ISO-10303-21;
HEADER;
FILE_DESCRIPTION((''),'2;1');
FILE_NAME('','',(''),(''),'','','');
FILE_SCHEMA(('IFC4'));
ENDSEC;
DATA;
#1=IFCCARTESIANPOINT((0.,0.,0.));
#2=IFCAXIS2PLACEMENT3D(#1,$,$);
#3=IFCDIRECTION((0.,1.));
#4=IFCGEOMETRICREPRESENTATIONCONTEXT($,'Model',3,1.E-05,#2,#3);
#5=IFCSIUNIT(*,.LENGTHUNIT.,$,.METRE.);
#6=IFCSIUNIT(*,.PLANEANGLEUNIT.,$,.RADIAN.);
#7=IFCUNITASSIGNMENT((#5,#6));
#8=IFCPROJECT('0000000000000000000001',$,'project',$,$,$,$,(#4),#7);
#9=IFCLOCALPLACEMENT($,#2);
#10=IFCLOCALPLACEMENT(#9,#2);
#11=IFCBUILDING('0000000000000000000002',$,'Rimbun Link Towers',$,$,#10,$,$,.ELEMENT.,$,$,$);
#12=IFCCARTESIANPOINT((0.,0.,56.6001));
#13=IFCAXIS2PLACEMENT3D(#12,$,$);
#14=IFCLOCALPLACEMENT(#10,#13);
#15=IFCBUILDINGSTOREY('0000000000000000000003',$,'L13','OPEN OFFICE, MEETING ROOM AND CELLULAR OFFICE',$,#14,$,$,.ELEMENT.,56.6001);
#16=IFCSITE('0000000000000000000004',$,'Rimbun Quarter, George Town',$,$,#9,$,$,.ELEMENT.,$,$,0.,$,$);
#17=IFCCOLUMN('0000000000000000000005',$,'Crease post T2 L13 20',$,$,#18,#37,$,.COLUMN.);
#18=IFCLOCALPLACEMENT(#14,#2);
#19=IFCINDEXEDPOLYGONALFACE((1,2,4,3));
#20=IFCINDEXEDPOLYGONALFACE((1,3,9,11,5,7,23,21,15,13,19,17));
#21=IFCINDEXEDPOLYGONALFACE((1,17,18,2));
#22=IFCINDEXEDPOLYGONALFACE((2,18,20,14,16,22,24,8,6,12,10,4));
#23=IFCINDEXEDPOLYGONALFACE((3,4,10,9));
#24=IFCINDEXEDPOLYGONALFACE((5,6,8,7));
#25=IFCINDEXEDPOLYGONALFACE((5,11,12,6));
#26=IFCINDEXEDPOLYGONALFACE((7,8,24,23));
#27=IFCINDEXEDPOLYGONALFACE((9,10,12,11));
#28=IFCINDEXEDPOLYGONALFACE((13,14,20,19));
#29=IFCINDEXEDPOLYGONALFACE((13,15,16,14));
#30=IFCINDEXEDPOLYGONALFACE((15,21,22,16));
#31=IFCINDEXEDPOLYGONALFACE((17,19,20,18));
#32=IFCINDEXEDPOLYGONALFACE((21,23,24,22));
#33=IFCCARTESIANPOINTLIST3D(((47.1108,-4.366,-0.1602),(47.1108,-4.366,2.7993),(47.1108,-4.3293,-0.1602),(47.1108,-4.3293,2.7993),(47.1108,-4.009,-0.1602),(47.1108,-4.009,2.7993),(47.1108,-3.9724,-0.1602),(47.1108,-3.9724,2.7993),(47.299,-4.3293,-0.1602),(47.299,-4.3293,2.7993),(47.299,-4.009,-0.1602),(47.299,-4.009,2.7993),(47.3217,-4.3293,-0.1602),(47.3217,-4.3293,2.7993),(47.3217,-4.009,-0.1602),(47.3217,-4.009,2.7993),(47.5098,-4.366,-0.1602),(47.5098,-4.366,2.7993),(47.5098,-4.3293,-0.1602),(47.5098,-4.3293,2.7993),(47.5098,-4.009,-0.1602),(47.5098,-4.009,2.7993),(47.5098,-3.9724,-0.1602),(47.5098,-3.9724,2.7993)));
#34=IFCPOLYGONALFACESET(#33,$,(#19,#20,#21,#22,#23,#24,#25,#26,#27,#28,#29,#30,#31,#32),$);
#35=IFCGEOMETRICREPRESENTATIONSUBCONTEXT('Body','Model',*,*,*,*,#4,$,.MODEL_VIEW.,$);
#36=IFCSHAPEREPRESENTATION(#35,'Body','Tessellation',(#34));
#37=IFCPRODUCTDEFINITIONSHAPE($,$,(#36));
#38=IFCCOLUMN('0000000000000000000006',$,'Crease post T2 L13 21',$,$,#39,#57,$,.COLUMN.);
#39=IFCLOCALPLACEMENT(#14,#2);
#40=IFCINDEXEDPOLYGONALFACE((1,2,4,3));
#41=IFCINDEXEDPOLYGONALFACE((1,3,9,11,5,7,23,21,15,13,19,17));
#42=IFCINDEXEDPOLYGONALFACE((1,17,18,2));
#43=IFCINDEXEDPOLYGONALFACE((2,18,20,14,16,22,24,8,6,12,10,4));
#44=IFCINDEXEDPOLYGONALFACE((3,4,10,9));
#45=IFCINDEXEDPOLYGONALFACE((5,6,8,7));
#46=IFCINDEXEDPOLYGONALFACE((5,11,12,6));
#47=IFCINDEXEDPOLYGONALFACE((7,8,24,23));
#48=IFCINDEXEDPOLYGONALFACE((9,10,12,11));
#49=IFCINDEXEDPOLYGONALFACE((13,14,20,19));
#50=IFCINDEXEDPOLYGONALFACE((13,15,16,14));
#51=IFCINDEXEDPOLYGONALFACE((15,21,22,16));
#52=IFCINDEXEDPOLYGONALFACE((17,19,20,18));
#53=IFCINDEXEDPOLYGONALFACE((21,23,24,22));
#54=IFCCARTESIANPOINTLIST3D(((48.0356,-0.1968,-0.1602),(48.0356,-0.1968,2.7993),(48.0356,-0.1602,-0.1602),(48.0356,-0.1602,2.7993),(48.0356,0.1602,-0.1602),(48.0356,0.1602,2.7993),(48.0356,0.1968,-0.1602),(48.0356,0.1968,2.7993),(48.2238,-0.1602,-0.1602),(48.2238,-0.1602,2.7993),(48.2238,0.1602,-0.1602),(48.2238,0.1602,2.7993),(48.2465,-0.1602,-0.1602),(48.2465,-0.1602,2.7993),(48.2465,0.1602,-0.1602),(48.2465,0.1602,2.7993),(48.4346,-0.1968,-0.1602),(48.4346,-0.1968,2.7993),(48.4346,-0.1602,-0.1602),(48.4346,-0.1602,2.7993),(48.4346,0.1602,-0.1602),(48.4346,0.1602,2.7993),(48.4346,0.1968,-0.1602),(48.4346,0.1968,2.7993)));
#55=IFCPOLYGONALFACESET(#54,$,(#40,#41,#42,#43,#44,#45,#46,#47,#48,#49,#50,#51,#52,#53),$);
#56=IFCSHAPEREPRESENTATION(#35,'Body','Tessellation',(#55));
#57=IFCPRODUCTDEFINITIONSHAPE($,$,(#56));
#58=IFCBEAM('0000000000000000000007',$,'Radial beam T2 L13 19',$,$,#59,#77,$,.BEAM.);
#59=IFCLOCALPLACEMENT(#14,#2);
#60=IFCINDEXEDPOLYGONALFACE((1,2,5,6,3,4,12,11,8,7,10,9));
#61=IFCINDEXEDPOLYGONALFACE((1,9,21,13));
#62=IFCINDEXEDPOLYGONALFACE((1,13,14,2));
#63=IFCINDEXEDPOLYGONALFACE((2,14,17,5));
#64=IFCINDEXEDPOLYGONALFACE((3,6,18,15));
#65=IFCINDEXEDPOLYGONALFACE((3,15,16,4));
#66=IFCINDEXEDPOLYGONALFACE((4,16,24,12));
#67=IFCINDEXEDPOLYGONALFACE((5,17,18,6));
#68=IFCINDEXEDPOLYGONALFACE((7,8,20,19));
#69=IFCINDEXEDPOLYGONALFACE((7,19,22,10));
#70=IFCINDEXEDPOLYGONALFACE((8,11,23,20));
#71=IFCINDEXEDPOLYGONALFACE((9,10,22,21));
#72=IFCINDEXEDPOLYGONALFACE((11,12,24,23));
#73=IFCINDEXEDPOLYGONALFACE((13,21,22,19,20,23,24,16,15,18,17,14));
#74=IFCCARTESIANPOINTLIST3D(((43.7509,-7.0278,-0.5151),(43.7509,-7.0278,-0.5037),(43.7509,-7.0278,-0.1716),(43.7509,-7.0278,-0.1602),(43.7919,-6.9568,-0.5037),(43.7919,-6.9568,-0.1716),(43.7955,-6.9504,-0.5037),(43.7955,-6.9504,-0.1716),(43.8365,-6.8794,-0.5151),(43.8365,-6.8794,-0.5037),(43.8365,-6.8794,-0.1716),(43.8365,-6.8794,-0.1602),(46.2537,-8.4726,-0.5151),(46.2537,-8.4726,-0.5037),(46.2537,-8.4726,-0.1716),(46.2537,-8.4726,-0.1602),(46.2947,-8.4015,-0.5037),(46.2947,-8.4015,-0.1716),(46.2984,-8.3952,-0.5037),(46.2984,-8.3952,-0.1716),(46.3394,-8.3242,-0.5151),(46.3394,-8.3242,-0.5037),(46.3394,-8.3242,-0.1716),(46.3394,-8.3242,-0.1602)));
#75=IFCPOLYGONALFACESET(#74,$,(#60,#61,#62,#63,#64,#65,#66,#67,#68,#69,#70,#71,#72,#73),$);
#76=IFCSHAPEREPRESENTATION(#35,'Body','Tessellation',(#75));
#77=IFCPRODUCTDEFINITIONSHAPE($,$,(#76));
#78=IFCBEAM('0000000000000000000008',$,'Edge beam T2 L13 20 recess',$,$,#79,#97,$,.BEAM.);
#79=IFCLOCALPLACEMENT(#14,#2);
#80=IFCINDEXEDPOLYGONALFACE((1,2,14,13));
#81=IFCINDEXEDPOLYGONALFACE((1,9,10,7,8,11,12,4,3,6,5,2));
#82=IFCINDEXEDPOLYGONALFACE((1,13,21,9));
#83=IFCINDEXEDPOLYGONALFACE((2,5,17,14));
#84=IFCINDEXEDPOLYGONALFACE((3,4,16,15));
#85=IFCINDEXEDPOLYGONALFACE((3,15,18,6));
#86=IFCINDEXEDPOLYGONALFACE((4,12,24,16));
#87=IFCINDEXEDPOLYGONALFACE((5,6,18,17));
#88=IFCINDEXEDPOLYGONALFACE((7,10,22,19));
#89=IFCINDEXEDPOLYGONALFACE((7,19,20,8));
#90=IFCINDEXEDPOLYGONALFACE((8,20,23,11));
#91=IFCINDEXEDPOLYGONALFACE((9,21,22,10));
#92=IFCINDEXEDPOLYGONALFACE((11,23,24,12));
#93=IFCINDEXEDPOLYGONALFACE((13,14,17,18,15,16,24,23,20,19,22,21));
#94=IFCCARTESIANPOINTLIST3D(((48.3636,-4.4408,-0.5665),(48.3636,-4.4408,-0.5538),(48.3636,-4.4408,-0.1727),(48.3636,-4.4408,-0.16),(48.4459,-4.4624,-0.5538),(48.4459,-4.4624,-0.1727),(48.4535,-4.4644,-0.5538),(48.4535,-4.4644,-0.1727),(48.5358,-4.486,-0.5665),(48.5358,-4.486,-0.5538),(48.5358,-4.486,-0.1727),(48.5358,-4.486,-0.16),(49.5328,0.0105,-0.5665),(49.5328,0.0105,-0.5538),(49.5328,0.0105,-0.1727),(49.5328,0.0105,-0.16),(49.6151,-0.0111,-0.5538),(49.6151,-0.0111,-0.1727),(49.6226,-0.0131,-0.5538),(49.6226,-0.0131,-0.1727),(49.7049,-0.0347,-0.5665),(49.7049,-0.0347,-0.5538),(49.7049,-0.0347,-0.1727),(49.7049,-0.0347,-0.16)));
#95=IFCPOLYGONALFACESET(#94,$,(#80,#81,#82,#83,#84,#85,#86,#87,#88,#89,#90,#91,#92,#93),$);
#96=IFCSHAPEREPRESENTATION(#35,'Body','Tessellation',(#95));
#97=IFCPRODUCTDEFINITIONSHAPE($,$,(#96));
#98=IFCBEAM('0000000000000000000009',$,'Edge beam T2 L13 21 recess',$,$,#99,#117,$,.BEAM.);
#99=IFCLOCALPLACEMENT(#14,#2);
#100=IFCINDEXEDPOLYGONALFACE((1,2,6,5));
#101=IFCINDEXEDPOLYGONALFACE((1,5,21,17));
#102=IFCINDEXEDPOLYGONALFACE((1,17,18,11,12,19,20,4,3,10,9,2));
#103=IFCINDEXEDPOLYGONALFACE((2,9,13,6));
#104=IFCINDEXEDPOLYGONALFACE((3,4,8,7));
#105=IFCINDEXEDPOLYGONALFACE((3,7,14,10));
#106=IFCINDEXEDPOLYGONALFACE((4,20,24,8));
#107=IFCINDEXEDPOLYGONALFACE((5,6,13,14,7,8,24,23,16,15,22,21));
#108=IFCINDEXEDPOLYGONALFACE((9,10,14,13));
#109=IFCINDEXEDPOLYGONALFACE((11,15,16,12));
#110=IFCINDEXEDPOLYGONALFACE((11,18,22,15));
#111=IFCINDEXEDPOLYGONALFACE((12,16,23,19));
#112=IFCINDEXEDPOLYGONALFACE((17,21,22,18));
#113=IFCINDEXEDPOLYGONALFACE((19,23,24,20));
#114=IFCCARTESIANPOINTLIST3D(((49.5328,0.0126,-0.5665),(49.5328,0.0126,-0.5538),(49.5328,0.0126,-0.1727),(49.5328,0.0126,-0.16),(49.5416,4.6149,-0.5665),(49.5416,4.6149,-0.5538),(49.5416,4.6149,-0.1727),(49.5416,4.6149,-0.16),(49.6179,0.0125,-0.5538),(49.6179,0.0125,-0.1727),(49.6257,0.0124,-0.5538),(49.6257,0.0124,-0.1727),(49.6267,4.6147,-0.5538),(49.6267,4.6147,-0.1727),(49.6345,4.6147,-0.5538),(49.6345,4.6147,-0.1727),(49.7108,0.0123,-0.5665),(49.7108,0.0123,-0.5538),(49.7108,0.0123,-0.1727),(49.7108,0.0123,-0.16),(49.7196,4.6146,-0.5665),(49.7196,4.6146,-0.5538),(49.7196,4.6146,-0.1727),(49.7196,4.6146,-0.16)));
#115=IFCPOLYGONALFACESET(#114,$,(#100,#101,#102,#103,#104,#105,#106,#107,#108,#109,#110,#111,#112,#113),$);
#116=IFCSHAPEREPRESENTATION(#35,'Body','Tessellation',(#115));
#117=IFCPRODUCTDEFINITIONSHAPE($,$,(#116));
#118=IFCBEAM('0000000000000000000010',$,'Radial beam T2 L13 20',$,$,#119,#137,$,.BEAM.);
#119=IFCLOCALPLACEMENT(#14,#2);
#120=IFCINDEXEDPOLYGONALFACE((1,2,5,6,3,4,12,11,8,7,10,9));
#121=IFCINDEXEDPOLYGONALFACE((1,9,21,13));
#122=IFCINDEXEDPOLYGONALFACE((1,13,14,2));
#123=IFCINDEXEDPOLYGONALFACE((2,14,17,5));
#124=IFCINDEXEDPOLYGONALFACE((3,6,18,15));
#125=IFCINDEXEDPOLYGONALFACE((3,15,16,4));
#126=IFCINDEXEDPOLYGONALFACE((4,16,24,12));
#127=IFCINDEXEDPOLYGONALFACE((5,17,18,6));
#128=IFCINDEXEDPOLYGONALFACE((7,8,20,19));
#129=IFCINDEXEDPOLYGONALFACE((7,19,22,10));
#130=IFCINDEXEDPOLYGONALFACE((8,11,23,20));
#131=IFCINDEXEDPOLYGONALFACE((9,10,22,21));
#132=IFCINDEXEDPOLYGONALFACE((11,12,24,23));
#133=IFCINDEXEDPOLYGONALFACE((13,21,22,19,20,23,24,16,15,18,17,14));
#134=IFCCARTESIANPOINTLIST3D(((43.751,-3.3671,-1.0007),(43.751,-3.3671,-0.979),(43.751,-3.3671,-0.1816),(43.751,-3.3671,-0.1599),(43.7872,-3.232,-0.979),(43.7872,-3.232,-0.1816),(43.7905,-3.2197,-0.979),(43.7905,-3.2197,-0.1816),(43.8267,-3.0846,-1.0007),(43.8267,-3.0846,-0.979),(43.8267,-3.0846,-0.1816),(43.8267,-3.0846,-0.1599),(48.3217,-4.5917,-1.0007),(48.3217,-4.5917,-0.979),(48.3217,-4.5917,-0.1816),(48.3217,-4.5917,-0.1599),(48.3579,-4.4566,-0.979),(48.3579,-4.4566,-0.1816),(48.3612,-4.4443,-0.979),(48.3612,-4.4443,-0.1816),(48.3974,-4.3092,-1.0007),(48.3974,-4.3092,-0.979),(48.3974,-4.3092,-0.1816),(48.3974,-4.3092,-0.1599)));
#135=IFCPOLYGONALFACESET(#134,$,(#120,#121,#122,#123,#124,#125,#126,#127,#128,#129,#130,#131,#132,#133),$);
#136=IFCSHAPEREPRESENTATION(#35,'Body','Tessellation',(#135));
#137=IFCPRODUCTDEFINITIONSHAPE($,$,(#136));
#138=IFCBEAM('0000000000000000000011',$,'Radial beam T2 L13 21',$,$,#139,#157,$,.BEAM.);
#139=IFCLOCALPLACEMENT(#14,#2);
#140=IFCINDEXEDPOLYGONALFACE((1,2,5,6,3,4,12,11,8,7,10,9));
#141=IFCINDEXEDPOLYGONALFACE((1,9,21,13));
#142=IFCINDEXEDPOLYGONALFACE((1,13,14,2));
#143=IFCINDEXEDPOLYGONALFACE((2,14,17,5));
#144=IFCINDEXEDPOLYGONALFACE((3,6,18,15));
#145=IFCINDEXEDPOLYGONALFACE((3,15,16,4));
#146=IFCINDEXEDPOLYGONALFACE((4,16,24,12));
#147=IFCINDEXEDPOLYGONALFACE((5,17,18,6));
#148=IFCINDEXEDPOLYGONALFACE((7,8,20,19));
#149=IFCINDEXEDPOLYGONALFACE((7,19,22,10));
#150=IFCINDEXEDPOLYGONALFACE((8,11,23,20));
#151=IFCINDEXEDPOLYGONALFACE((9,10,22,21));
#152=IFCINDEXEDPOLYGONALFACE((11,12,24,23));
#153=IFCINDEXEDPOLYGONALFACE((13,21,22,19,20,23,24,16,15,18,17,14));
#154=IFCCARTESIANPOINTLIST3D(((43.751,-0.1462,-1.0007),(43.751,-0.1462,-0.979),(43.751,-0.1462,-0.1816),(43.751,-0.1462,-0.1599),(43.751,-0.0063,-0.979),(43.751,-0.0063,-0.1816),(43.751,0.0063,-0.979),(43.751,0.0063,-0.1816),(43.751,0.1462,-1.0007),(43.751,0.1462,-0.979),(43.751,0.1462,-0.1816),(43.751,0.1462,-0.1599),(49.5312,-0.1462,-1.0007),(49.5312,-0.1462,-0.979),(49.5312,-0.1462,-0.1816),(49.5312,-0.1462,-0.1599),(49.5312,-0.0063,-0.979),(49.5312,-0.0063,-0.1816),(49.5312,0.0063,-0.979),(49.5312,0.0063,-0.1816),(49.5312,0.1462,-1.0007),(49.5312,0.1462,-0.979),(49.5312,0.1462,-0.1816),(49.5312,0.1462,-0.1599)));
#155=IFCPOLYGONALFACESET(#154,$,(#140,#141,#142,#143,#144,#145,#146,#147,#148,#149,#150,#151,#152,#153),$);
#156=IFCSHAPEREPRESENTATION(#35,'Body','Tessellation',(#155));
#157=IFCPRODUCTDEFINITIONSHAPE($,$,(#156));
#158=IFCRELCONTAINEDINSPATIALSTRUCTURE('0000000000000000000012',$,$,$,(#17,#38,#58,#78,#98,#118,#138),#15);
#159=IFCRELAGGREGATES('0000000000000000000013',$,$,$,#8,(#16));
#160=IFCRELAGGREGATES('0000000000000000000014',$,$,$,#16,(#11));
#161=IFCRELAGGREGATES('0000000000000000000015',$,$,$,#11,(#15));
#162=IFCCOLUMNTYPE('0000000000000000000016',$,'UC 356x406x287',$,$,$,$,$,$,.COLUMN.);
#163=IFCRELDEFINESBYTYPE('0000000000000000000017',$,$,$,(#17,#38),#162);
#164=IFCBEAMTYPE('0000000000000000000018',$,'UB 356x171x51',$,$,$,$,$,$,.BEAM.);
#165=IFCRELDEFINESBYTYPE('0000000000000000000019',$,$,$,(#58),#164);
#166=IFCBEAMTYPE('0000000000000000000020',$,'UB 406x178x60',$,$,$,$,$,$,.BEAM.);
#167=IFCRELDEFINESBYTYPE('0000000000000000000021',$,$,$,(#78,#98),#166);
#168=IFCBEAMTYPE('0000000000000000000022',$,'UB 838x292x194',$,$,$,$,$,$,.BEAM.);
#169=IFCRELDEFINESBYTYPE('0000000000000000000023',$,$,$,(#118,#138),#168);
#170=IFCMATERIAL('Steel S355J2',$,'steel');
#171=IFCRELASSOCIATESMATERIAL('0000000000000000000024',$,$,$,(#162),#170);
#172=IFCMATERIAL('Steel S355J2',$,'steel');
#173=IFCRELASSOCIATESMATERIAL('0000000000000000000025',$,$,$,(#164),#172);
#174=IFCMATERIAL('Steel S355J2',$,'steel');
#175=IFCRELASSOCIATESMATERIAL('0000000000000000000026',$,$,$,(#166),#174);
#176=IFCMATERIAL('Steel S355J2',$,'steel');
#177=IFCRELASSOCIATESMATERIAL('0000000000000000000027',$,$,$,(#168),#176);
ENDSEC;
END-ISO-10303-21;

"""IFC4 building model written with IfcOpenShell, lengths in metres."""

from ifc_helpers import new_model, si_unit, direction, frame, origin, origin_2d, place, context, subcontext, project, spatial, i_section, extrude, material, material_profile, profile_set, type_object, element, save


model = new_model("IFC4")

# Units and contexts
model_context = context("Model", 3, precision=1e-05, world=origin(), true_north=direction((0.0, 1.0)))
body_context = subcontext(model_context, "Body", "Model", "MODEL_VIEW")
ifc_project = project(units=[si_unit("LENGTHUNIT", "METRE"), si_unit("PLANEANGLEUNIT", "RADIAN")], contexts=[model_context])

# Site, building, storey
site_placement = place(None, origin())
site = spatial("IfcSite", under=ifc_project, at=site_placement, Name="Rimbun Quarter, George Town", CompositionType="ELEMENT", RefElevation=0.0)
building_placement = place(site_placement, origin())
building = spatial("IfcBuilding", under=site, at=building_placement, Name="Rimbun Link Towers", CompositionType="ELEMENT")
storey_placement = place(building_placement, frame((0.0, 0.0, 56.6001)))
storey = spatial("IfcBuildingStorey", under=building, at=storey_placement, Name="L13", Description="OPEN OFFICE, MEETING ROOM AND CELLULAR OFFICE", CompositionType="ELEMENT", Elevation=56.6001)

# Columns
ifc_material_1 = material(Name="Steel S355J2", Category="steel")
ifc_material_profile_1 = material_profile(ifc_material_1, i_section(OverallWidth=0.3989, OverallDepth=0.3936, WebThickness=0.0227, FlangeThickness=0.0366, at=origin_2d()), Name="UC 356x406x287")
ifc_profile_set_1 = profile_set([ifc_material_profile_1], Name="Steel S355J2")
column_type = type_object("IfcColumnType", Name="UC 356x406x287", PredefinedType="COLUMN", material=ifc_profile_set_1)
for number, where, z_axis, x_axis, name in (
    (1, (47.3103, -4.1692, -0.1602), (0.0, 0.0, 1.0), (1.0, 0.0, 0.0), "Crease post T2 L13 20"),
    (2, (48.2351, 0.0, -0.1602), (0.0, 0.0, 1.0), (1.0, 0.0, 0.0), "Crease post T2 L13 21"),
):
    element("IfcColumn", number, at=place(storey_placement, frame(where, z_axis=z_axis, x_axis=x_axis)), inside=storey, type_object=column_type, Name=name, PredefinedType="COLUMN", context=body_context, shape_type="SweptSolid", body=[
        extrude(i_section(OverallWidth=0.3989, OverallDepth=0.3936, WebThickness=0.0227, FlangeThickness=0.0366, at=origin_2d()), origin(), (0.0, 0.0, 1.0), 2.9595),
    ])

# Beams
ifc_material_2 = material(Name="Steel S355J2", Category="steel")
ifc_material_profile_2 = material_profile(ifc_material_2, i_section(OverallWidth=0.1714, OverallDepth=0.355, WebThickness=0.0073, FlangeThickness=0.0115, at=origin_2d()), Name="UB 356x171x51")
ifc_profile_set_2 = profile_set([ifc_material_profile_2], Name="Steel S355J2")
beam_type_1 = type_object("IfcBeamType", Name="UB 356x171x51", PredefinedType="BEAM", material=ifc_profile_set_2)
beam_1_placement = place(storey_placement, frame((43.7937, -6.9536, -0.3376), z_axis=(0.866062, -0.499937, 0.0), x_axis=(0.499937, 0.866062, 0.0)))
element("IfcBeam", 3, at=beam_1_placement, inside=storey, type_object=beam_type_1, Name="Radial beam T2 L13 19", PredefinedType="BEAM", context=body_context, shape_type="SweptSolid", body=[
    extrude(i_section(OverallWidth=0.1714, OverallDepth=0.355, WebThickness=0.0073, FlangeThickness=0.0115, at=origin_2d()), origin(), (0.0, 0.0, 1.0), 2.8899),
])
ifc_material_3 = material(Name="Steel S355J2", Category="steel")
ifc_material_profile_3 = material_profile(ifc_material_3, i_section(OverallWidth=0.178, OverallDepth=0.4065, WebThickness=0.0078, FlangeThickness=0.0127, at=origin_2d()), Name="UB 406x178x60")
ifc_profile_set_3 = profile_set([ifc_material_profile_3], Name="Steel S355J2")
beam_type_2 = type_object("IfcBeamType", Name="UB 406x178x60", PredefinedType="BEAM", material=ifc_profile_set_3)
for number, where, z_axis, x_axis, name in (
    (4, (48.4497, -4.4634, -0.3633), (0.254039, 0.967194, 0.0), (-0.967194, 0.254039, 0.0), "Edge beam T2 L13 20 recess"),
    (5, (49.6218, 0.0125, -0.3633), (0.00191, 0.999998, 0.0), (-0.999998, 0.00191, 0.0), "Edge beam T2 L13 21 recess"),
):
    element("IfcBeam", number, at=place(storey_placement, frame(where, z_axis=z_axis, x_axis=x_axis)), inside=storey, type_object=beam_type_2, Name=name, PredefinedType="BEAM", context=body_context, shape_type="SweptSolid", body=[
        extrude(i_section(OverallWidth=0.178, OverallDepth=0.4065, WebThickness=0.0078, FlangeThickness=0.0127, at=origin_2d()), origin(), (0.0, 0.0, 1.0), 4.6023),
    ])
ifc_material_4 = material(Name="Steel S355J2", Category="steel")
ifc_material_profile_4 = material_profile(ifc_material_4, i_section(OverallWidth=0.2925, OverallDepth=0.8408, WebThickness=0.0127, FlangeThickness=0.0217, at=origin_2d()), Name="UB 838x292x194")
ifc_profile_set_4 = profile_set([ifc_material_profile_4], Name="Steel S355J2")
beam_type_3 = type_object("IfcBeamType", Name="UB 838x292x194", PredefinedType="BEAM", material=ifc_profile_set_4)
beam_2_placement = place(storey_placement, frame((43.7888, -3.2258, -0.5803), z_axis=(0.965933, -0.258793, 0.0), x_axis=(0.258793, 0.965933, 0.0)))
element("IfcBeam", 6, at=beam_2_placement, inside=storey, type_object=beam_type_3, Name="Radial beam T2 L13 20", PredefinedType="BEAM", context=body_context, shape_type="SweptSolid", body=[
    extrude(i_section(OverallWidth=0.2925, OverallDepth=0.8408, WebThickness=0.0127, FlangeThickness=0.0217, at=origin_2d()), origin(), (0.0, 0.0, 1.0), 4.7319),
])
beam_3_placement = place(storey_placement, frame((43.751, 0.0, -0.5803), z_axis=(1.0, 0.0, 0.0), x_axis=(0.0, 1.0, 0.0)))
element("IfcBeam", 7, at=beam_3_placement, inside=storey, type_object=beam_type_3, Name="Radial beam T2 L13 21", PredefinedType="BEAM", context=body_context, shape_type="SweptSolid", body=[
    extrude(i_section(OverallWidth=0.2925, OverallDepth=0.8408, WebThickness=0.0127, FlangeThickness=0.0217, at=origin_2d()), origin(), (0.0, 0.0, 1.0), 5.7803),
])

save(model, "model.ifc")
